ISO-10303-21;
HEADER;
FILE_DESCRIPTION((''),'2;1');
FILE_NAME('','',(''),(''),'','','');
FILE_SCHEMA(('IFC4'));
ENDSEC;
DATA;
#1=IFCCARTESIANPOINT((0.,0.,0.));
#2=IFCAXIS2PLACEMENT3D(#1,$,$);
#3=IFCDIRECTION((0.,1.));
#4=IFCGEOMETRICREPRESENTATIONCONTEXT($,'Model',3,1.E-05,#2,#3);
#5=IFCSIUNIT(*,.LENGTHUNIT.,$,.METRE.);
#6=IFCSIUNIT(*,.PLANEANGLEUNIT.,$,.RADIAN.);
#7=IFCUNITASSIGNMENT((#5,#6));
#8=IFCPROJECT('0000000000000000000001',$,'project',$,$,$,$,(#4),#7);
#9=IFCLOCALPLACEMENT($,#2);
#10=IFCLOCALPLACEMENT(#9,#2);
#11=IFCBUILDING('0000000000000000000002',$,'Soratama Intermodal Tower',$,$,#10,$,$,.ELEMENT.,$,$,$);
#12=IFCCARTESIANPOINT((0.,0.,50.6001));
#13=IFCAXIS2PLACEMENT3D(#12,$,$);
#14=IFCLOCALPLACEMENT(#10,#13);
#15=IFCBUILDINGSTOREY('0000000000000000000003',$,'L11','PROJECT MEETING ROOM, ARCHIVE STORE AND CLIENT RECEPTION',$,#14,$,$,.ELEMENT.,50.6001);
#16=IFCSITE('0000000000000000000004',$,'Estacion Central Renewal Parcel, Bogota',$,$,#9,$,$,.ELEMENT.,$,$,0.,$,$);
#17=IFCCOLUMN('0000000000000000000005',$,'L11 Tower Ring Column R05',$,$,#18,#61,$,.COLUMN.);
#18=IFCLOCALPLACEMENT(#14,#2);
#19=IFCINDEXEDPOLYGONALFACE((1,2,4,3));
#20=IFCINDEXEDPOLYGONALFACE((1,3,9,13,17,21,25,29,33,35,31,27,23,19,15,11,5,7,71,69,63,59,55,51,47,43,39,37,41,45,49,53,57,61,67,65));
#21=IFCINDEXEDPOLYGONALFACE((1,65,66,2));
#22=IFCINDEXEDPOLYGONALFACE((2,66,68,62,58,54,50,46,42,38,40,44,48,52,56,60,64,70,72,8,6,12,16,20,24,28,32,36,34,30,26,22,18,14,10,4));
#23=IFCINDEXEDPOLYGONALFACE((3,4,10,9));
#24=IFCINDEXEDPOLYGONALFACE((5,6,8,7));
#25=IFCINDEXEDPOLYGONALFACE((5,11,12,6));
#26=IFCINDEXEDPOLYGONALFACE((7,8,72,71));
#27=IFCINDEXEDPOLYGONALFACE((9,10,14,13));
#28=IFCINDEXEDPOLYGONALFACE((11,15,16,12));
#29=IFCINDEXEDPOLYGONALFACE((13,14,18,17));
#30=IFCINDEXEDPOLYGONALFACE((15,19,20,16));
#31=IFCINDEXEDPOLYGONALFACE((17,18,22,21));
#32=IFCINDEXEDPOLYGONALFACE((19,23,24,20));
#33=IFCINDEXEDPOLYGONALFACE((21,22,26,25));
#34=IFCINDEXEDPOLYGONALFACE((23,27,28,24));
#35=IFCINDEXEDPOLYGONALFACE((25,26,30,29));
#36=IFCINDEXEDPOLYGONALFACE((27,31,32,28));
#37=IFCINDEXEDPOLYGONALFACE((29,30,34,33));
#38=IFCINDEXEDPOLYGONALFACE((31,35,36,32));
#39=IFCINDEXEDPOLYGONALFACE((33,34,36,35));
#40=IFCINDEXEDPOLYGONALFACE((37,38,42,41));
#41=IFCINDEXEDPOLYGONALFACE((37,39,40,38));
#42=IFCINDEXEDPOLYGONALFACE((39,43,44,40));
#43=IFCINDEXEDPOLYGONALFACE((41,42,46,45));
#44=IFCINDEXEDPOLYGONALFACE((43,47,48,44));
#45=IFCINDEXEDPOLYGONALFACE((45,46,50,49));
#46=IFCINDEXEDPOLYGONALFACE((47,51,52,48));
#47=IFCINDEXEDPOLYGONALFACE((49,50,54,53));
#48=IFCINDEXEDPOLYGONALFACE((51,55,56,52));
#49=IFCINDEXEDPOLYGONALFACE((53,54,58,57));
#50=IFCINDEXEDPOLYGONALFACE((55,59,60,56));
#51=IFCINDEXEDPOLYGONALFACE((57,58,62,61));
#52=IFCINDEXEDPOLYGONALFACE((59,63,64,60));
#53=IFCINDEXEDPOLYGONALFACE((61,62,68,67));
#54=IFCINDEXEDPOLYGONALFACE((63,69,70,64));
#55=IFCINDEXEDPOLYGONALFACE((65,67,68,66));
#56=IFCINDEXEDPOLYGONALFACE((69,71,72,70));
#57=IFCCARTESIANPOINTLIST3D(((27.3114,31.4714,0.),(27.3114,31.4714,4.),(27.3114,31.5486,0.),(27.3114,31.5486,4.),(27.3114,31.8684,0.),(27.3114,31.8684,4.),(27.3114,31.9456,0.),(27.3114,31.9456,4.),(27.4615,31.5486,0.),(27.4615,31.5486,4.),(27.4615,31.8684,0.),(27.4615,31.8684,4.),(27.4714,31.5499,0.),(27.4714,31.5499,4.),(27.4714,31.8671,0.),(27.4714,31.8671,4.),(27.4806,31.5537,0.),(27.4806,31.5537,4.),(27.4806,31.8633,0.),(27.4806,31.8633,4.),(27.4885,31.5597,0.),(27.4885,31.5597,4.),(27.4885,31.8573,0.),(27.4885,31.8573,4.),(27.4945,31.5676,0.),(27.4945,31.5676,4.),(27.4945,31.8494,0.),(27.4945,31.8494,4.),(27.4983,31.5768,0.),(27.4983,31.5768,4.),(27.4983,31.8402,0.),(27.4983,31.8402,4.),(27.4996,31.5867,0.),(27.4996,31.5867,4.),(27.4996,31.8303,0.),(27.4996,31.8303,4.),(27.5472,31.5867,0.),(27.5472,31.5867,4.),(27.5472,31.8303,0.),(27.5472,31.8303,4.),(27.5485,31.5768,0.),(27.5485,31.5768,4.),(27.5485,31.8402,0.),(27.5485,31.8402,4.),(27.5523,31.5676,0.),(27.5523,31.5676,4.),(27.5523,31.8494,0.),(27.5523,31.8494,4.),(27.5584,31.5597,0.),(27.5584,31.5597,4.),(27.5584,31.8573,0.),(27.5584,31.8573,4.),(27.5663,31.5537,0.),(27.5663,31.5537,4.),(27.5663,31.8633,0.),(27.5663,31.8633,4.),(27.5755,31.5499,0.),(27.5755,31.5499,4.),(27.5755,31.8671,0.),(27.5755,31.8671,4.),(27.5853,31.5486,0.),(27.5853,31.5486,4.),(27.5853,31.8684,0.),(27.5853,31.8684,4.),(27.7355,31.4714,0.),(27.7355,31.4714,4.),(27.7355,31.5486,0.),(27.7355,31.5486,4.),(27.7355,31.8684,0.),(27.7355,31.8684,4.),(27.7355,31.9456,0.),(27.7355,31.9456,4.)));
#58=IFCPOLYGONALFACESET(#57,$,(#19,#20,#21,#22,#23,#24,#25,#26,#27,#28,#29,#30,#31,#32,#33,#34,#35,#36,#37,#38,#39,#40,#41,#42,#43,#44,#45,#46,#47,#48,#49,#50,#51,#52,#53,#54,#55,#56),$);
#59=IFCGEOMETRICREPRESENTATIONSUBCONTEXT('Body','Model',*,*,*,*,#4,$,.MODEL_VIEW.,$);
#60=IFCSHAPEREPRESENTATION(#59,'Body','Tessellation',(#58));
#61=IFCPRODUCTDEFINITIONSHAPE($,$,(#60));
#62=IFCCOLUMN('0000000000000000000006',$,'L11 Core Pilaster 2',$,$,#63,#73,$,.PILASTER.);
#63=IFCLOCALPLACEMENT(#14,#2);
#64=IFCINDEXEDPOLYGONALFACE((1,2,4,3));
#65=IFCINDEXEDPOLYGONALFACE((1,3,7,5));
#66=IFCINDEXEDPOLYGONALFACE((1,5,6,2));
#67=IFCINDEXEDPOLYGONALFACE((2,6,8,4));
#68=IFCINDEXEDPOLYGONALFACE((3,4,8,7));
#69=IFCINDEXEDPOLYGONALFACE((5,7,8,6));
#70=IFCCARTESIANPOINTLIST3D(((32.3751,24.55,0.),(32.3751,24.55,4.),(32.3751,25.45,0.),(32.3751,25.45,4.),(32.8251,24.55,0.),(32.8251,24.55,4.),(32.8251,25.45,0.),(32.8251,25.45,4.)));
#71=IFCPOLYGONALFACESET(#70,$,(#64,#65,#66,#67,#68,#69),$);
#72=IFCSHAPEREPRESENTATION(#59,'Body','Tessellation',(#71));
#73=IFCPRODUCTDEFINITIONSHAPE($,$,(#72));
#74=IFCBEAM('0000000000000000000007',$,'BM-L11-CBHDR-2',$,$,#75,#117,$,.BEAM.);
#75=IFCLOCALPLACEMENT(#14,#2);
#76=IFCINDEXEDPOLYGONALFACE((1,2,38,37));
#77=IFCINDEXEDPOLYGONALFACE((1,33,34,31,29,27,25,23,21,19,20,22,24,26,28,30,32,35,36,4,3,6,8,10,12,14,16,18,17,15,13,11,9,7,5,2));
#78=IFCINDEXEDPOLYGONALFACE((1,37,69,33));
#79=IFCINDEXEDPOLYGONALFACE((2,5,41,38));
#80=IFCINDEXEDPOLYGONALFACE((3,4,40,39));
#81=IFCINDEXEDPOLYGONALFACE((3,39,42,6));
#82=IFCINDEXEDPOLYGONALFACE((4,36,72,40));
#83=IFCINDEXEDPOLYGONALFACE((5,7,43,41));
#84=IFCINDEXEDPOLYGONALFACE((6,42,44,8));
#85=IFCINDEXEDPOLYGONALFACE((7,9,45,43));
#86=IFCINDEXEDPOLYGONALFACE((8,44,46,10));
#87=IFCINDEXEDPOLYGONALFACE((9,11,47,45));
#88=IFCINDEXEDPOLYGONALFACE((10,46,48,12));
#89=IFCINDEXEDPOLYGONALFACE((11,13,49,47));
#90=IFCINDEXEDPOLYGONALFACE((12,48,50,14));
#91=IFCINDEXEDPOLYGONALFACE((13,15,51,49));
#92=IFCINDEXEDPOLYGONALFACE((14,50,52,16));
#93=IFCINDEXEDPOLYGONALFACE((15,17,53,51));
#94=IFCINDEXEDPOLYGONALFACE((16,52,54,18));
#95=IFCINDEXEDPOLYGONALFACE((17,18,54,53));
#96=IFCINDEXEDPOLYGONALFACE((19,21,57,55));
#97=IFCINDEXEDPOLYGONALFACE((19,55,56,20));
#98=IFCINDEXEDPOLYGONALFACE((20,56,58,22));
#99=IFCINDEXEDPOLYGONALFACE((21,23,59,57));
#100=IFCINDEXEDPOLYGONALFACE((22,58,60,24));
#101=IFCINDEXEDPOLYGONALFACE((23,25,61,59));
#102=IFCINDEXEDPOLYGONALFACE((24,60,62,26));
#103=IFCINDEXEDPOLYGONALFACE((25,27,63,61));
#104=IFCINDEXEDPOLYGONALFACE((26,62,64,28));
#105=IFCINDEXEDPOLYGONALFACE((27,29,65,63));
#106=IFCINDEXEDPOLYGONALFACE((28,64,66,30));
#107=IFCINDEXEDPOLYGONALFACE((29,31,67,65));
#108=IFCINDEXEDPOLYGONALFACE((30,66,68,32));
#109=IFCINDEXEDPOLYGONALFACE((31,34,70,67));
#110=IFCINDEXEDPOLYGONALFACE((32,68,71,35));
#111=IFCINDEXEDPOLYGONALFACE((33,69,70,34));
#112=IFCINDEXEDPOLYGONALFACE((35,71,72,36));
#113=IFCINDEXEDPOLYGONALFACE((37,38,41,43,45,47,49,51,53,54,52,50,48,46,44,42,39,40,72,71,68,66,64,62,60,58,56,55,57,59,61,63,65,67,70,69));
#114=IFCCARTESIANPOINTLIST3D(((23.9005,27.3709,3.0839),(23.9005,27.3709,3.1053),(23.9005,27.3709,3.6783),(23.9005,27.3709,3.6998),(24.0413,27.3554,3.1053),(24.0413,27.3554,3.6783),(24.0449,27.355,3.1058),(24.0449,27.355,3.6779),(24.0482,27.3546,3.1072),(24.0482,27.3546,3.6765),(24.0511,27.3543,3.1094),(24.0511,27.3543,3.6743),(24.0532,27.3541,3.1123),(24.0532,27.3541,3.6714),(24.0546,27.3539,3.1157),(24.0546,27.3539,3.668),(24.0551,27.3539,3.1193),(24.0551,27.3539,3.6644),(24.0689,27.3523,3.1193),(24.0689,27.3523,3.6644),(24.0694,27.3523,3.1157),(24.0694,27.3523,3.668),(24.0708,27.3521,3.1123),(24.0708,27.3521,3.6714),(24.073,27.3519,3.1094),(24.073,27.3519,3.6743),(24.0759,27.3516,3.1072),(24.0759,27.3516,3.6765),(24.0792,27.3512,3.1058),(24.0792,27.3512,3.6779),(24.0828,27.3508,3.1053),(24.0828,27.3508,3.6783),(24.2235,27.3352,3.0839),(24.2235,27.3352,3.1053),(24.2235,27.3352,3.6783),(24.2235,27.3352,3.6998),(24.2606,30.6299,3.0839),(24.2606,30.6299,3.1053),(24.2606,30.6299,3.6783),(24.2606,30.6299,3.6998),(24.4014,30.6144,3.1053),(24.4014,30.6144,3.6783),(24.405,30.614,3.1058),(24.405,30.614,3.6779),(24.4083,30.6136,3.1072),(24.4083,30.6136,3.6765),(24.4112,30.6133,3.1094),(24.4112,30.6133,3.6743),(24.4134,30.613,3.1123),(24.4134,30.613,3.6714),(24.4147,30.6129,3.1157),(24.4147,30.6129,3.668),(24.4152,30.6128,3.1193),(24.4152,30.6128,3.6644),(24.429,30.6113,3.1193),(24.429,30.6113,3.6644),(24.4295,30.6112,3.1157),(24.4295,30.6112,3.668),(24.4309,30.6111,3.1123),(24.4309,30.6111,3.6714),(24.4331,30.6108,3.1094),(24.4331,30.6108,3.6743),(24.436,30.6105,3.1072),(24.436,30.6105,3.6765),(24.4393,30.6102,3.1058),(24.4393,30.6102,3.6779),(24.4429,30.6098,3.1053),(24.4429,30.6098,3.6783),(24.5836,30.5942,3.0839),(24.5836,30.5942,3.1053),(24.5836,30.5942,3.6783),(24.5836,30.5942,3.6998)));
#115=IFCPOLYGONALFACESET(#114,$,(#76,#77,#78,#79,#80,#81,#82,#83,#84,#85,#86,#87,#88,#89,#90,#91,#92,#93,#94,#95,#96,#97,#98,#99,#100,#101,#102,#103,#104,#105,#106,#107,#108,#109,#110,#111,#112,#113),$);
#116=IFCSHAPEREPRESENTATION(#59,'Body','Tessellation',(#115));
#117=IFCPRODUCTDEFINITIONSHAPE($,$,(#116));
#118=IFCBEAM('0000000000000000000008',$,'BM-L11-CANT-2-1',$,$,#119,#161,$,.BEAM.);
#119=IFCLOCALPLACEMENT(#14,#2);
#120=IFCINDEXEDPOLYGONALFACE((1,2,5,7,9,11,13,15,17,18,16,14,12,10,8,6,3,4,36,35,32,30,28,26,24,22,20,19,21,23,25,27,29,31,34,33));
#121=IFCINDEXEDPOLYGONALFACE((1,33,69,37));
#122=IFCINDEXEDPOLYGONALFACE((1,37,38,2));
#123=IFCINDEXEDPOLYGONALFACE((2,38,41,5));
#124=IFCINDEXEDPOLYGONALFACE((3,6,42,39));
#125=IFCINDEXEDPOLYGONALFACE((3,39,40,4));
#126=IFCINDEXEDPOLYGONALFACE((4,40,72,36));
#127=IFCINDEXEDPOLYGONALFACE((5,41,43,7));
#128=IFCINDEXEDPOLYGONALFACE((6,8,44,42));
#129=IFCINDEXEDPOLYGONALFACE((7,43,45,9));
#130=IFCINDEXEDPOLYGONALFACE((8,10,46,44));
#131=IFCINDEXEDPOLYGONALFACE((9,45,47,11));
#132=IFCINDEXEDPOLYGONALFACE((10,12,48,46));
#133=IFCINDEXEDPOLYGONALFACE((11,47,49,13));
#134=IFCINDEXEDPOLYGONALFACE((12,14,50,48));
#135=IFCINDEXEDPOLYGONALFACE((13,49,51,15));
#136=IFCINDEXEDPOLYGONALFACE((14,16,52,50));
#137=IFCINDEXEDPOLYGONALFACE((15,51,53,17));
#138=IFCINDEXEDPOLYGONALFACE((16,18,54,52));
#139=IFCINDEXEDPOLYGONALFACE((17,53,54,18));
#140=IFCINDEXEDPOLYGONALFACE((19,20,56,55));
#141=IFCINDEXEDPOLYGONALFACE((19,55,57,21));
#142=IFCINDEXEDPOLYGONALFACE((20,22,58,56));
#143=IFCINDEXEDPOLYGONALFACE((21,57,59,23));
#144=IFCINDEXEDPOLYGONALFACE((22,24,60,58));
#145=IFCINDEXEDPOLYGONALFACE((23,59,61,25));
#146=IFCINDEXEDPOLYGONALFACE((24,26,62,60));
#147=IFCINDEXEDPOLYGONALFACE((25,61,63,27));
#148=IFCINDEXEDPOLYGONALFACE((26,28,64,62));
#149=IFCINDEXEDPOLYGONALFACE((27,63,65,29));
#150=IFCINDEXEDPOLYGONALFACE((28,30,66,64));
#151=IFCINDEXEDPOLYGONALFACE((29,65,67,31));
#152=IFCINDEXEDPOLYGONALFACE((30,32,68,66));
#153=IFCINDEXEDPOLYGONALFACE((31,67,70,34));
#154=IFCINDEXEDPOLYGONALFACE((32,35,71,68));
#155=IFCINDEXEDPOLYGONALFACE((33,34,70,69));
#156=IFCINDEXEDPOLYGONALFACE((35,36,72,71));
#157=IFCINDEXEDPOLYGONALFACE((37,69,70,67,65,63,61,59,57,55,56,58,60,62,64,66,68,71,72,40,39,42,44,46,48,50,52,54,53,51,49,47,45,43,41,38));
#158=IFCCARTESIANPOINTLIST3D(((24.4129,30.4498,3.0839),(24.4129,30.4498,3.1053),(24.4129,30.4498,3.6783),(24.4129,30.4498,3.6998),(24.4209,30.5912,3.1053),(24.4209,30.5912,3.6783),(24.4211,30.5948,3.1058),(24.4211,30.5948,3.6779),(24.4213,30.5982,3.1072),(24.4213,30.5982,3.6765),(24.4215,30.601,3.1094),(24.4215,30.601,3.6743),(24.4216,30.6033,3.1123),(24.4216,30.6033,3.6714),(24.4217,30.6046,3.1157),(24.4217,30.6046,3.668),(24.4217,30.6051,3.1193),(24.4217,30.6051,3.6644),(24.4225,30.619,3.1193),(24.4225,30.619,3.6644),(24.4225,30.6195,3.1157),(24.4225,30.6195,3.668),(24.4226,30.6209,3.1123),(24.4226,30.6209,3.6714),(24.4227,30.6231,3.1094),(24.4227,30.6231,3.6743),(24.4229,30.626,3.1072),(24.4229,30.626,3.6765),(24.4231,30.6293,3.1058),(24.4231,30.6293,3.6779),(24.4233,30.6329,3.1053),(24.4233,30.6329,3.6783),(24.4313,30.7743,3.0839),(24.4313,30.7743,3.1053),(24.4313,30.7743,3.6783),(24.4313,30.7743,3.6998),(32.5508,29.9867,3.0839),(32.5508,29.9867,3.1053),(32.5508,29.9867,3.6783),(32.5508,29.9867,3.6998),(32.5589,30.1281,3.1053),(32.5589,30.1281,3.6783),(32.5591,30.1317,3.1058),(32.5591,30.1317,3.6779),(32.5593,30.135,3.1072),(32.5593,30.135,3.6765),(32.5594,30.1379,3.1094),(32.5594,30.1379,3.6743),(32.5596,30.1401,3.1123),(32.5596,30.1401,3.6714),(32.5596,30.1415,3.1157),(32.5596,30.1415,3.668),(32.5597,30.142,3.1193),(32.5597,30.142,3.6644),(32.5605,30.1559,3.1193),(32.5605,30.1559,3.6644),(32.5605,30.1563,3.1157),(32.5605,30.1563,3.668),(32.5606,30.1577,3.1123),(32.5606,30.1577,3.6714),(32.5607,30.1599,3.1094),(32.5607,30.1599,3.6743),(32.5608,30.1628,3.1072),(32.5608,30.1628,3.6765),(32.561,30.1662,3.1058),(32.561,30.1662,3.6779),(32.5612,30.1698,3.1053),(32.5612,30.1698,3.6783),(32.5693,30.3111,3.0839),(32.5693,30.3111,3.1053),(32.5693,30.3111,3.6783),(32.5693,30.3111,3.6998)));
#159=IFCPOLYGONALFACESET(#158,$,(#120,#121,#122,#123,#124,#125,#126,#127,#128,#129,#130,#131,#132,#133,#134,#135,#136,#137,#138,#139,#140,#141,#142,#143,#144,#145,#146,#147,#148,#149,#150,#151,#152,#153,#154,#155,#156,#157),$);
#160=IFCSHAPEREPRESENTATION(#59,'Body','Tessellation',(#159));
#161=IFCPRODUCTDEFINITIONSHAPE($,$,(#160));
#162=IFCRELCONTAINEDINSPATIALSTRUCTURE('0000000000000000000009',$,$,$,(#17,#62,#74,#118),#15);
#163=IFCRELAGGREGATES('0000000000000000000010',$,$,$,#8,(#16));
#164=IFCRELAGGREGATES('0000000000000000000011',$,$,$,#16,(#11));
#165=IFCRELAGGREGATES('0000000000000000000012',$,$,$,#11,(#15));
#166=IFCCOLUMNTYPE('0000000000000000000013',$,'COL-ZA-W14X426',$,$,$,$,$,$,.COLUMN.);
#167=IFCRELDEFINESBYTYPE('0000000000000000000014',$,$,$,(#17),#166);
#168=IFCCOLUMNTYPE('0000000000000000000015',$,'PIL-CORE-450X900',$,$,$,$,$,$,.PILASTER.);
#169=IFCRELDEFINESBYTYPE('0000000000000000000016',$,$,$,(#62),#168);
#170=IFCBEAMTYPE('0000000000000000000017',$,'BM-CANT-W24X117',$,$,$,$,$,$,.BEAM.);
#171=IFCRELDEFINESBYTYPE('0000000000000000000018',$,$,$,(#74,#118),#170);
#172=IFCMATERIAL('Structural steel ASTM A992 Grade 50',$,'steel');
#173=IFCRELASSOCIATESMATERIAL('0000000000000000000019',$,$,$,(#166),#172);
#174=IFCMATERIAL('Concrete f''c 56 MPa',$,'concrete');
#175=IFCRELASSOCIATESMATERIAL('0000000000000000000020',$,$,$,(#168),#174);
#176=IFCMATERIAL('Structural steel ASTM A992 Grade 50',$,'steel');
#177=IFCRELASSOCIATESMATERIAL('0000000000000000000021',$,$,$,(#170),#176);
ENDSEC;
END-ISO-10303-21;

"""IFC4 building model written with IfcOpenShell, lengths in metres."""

from ifc_helpers import new_model, si_unit, direction, frame, origin, origin_2d, place, context, subcontext, project, spatial, rectangle, i_section, extrude, material, material_profile, profile_set, type_object, element, save


model = new_model("IFC4")

# Units and contexts
model_context = context("Model", 3, precision=1e-05, world=origin(), true_north=direction((0.0, 1.0)))
body_context = subcontext(model_context, "Body", "Model", "MODEL_VIEW")
ifc_project = project(units=[si_unit("LENGTHUNIT", "METRE"), si_unit("PLANEANGLEUNIT", "RADIAN")], contexts=[model_context])

# Site, building, storey
site_placement = place(None, origin())
site = spatial("IfcSite", under=ifc_project, at=site_placement, Name="Estacion Central Renewal Parcel, Bogota", CompositionType="ELEMENT", RefElevation=0.0)
building_placement = place(site_placement, origin())
building = spatial("IfcBuilding", under=site, at=building_placement, Name="Soratama Intermodal Tower", CompositionType="ELEMENT")
storey_placement = place(building_placement, frame((0.0, 0.0, 50.6001)))
storey = spatial("IfcBuildingStorey", under=building, at=storey_placement, Name="L11", Description="PROJECT MEETING ROOM, ARCHIVE STORE AND CLIENT RECEPTION", CompositionType="ELEMENT", Elevation=50.6001)

# Columns
ifc_material_1 = material(Name="Structural steel ASTM A992 Grade 50", Category="steel")
ifc_material_profile_1 = material_profile(ifc_material_1, i_section(OverallWidth=0.4241, OverallDepth=0.4741, WebThickness=0.0476, FlangeThickness=0.0771, FilletRadius=0.0381, at=origin_2d()), Name="W14X426")
ifc_profile_set_1 = profile_set([ifc_material_profile_1], Name="Structural steel ASTM A992 Grade 50")
column_type_1 = type_object("IfcColumnType", Name="COL-ZA-W14X426", PredefinedType="COLUMN", material=ifc_profile_set_1)
column_1_placement = place(storey_placement, frame((27.5234, 31.7085, 0.0), z_axis=(0.0, 0.0, 1.0), x_axis=(1.0, 0.0, 0.0)))
element("IfcColumn", 1, at=column_1_placement, inside=storey, type_object=column_type_1, Name="L11 Tower Ring Column R05", PredefinedType="COLUMN", context=body_context, shape_type="SweptSolid", body=[
    extrude(i_section(OverallWidth=0.4241, OverallDepth=0.4741, WebThickness=0.0476, FlangeThickness=0.0771, FilletRadius=0.0381, at=origin_2d()), origin(), (0.0, 0.0, 1.0), 4.0),
])
ifc_material_2 = material(Name="Concrete f'c 56 MPa", Category="concrete")
ifc_material_profile_2 = material_profile(ifc_material_2, rectangle(XDim=0.45, YDim=0.8999, at=origin_2d()), Name="RC450X900")
ifc_profile_set_2 = profile_set([ifc_material_profile_2], Name="Concrete f'c 56 MPa")
column_type_2 = type_object("IfcColumnType", Name="PIL-CORE-450X900", PredefinedType="PILASTER", material=ifc_profile_set_2)
column_2_placement = place(storey_placement, frame((32.6001, 25.0, 0.0), z_axis=(0.0, 0.0, 1.0), x_axis=(1.0, 0.0, 0.0)))
element("IfcColumn", 2, at=column_2_placement, inside=storey, type_object=column_type_2, Name="L11 Core Pilaster 2", PredefinedType="PILASTER", context=body_context, shape_type="SweptSolid", body=[
    extrude(rectangle(XDim=0.45, YDim=0.8999, at=origin_2d()), origin(), (0.0, 0.0, 1.0), 4.0),
])

# Beams
ifc_material_3 = material(Name="Structural steel ASTM A992 Grade 50", Category="steel")
ifc_material_profile_3 = material_profile(ifc_material_3, i_section(OverallWidth=0.325, OverallDepth=0.616, WebThickness=0.0139, FlangeThickness=0.0215, FilletRadius=0.0139, at=origin_2d()), Name="W24X117")
ifc_profile_set_3 = profile_set([ifc_material_profile_3], Name="Structural steel ASTM A992 Grade 50")
beam_type_1 = type_object("IfcBeamType", Name="BM-CANT-W24X117", PredefinedType="BEAM", material=ifc_profile_set_3)
beam_1_placement = place(storey_placement, frame((24.4221, 30.6121, 3.3918), z_axis=(-0.109827, -0.993951, 0.0), x_axis=(0.993951, -0.109827, 0.0)))
element("IfcBeam", 3, at=beam_1_placement, inside=storey, type_object=beam_type_1, Name="BM-L11-CBHDR-2", PredefinedType="BEAM", context=body_context, shape_type="SweptSolid", body=[
    extrude(i_section(OverallWidth=0.325, OverallDepth=0.616, WebThickness=0.0139, FlangeThickness=0.0215, FilletRadius=0.0139, at=origin_2d()), origin(), (0.0, 0.0, 1.0), 3.2788),
])
beam_2_placement = place(storey_placement, frame((32.5601, 30.1489, 3.3918), z_axis=(-0.998385, 0.056819, 0.0), x_axis=(-0.056819, -0.998385, 0.0)))
element("IfcBeam", 4, at=beam_2_placement, inside=storey, type_object=beam_type_1, Name="BM-L11-CANT-2-1", PredefinedType="BEAM", context=body_context, shape_type="SweptSolid", body=[
    extrude(i_section(OverallWidth=0.325, OverallDepth=0.616, WebThickness=0.0139, FlangeThickness=0.0215, FilletRadius=0.0139, at=origin_2d()), origin(), (0.0, 0.0, 1.0), 8.1511),
])

save(model, "model.ifc")
